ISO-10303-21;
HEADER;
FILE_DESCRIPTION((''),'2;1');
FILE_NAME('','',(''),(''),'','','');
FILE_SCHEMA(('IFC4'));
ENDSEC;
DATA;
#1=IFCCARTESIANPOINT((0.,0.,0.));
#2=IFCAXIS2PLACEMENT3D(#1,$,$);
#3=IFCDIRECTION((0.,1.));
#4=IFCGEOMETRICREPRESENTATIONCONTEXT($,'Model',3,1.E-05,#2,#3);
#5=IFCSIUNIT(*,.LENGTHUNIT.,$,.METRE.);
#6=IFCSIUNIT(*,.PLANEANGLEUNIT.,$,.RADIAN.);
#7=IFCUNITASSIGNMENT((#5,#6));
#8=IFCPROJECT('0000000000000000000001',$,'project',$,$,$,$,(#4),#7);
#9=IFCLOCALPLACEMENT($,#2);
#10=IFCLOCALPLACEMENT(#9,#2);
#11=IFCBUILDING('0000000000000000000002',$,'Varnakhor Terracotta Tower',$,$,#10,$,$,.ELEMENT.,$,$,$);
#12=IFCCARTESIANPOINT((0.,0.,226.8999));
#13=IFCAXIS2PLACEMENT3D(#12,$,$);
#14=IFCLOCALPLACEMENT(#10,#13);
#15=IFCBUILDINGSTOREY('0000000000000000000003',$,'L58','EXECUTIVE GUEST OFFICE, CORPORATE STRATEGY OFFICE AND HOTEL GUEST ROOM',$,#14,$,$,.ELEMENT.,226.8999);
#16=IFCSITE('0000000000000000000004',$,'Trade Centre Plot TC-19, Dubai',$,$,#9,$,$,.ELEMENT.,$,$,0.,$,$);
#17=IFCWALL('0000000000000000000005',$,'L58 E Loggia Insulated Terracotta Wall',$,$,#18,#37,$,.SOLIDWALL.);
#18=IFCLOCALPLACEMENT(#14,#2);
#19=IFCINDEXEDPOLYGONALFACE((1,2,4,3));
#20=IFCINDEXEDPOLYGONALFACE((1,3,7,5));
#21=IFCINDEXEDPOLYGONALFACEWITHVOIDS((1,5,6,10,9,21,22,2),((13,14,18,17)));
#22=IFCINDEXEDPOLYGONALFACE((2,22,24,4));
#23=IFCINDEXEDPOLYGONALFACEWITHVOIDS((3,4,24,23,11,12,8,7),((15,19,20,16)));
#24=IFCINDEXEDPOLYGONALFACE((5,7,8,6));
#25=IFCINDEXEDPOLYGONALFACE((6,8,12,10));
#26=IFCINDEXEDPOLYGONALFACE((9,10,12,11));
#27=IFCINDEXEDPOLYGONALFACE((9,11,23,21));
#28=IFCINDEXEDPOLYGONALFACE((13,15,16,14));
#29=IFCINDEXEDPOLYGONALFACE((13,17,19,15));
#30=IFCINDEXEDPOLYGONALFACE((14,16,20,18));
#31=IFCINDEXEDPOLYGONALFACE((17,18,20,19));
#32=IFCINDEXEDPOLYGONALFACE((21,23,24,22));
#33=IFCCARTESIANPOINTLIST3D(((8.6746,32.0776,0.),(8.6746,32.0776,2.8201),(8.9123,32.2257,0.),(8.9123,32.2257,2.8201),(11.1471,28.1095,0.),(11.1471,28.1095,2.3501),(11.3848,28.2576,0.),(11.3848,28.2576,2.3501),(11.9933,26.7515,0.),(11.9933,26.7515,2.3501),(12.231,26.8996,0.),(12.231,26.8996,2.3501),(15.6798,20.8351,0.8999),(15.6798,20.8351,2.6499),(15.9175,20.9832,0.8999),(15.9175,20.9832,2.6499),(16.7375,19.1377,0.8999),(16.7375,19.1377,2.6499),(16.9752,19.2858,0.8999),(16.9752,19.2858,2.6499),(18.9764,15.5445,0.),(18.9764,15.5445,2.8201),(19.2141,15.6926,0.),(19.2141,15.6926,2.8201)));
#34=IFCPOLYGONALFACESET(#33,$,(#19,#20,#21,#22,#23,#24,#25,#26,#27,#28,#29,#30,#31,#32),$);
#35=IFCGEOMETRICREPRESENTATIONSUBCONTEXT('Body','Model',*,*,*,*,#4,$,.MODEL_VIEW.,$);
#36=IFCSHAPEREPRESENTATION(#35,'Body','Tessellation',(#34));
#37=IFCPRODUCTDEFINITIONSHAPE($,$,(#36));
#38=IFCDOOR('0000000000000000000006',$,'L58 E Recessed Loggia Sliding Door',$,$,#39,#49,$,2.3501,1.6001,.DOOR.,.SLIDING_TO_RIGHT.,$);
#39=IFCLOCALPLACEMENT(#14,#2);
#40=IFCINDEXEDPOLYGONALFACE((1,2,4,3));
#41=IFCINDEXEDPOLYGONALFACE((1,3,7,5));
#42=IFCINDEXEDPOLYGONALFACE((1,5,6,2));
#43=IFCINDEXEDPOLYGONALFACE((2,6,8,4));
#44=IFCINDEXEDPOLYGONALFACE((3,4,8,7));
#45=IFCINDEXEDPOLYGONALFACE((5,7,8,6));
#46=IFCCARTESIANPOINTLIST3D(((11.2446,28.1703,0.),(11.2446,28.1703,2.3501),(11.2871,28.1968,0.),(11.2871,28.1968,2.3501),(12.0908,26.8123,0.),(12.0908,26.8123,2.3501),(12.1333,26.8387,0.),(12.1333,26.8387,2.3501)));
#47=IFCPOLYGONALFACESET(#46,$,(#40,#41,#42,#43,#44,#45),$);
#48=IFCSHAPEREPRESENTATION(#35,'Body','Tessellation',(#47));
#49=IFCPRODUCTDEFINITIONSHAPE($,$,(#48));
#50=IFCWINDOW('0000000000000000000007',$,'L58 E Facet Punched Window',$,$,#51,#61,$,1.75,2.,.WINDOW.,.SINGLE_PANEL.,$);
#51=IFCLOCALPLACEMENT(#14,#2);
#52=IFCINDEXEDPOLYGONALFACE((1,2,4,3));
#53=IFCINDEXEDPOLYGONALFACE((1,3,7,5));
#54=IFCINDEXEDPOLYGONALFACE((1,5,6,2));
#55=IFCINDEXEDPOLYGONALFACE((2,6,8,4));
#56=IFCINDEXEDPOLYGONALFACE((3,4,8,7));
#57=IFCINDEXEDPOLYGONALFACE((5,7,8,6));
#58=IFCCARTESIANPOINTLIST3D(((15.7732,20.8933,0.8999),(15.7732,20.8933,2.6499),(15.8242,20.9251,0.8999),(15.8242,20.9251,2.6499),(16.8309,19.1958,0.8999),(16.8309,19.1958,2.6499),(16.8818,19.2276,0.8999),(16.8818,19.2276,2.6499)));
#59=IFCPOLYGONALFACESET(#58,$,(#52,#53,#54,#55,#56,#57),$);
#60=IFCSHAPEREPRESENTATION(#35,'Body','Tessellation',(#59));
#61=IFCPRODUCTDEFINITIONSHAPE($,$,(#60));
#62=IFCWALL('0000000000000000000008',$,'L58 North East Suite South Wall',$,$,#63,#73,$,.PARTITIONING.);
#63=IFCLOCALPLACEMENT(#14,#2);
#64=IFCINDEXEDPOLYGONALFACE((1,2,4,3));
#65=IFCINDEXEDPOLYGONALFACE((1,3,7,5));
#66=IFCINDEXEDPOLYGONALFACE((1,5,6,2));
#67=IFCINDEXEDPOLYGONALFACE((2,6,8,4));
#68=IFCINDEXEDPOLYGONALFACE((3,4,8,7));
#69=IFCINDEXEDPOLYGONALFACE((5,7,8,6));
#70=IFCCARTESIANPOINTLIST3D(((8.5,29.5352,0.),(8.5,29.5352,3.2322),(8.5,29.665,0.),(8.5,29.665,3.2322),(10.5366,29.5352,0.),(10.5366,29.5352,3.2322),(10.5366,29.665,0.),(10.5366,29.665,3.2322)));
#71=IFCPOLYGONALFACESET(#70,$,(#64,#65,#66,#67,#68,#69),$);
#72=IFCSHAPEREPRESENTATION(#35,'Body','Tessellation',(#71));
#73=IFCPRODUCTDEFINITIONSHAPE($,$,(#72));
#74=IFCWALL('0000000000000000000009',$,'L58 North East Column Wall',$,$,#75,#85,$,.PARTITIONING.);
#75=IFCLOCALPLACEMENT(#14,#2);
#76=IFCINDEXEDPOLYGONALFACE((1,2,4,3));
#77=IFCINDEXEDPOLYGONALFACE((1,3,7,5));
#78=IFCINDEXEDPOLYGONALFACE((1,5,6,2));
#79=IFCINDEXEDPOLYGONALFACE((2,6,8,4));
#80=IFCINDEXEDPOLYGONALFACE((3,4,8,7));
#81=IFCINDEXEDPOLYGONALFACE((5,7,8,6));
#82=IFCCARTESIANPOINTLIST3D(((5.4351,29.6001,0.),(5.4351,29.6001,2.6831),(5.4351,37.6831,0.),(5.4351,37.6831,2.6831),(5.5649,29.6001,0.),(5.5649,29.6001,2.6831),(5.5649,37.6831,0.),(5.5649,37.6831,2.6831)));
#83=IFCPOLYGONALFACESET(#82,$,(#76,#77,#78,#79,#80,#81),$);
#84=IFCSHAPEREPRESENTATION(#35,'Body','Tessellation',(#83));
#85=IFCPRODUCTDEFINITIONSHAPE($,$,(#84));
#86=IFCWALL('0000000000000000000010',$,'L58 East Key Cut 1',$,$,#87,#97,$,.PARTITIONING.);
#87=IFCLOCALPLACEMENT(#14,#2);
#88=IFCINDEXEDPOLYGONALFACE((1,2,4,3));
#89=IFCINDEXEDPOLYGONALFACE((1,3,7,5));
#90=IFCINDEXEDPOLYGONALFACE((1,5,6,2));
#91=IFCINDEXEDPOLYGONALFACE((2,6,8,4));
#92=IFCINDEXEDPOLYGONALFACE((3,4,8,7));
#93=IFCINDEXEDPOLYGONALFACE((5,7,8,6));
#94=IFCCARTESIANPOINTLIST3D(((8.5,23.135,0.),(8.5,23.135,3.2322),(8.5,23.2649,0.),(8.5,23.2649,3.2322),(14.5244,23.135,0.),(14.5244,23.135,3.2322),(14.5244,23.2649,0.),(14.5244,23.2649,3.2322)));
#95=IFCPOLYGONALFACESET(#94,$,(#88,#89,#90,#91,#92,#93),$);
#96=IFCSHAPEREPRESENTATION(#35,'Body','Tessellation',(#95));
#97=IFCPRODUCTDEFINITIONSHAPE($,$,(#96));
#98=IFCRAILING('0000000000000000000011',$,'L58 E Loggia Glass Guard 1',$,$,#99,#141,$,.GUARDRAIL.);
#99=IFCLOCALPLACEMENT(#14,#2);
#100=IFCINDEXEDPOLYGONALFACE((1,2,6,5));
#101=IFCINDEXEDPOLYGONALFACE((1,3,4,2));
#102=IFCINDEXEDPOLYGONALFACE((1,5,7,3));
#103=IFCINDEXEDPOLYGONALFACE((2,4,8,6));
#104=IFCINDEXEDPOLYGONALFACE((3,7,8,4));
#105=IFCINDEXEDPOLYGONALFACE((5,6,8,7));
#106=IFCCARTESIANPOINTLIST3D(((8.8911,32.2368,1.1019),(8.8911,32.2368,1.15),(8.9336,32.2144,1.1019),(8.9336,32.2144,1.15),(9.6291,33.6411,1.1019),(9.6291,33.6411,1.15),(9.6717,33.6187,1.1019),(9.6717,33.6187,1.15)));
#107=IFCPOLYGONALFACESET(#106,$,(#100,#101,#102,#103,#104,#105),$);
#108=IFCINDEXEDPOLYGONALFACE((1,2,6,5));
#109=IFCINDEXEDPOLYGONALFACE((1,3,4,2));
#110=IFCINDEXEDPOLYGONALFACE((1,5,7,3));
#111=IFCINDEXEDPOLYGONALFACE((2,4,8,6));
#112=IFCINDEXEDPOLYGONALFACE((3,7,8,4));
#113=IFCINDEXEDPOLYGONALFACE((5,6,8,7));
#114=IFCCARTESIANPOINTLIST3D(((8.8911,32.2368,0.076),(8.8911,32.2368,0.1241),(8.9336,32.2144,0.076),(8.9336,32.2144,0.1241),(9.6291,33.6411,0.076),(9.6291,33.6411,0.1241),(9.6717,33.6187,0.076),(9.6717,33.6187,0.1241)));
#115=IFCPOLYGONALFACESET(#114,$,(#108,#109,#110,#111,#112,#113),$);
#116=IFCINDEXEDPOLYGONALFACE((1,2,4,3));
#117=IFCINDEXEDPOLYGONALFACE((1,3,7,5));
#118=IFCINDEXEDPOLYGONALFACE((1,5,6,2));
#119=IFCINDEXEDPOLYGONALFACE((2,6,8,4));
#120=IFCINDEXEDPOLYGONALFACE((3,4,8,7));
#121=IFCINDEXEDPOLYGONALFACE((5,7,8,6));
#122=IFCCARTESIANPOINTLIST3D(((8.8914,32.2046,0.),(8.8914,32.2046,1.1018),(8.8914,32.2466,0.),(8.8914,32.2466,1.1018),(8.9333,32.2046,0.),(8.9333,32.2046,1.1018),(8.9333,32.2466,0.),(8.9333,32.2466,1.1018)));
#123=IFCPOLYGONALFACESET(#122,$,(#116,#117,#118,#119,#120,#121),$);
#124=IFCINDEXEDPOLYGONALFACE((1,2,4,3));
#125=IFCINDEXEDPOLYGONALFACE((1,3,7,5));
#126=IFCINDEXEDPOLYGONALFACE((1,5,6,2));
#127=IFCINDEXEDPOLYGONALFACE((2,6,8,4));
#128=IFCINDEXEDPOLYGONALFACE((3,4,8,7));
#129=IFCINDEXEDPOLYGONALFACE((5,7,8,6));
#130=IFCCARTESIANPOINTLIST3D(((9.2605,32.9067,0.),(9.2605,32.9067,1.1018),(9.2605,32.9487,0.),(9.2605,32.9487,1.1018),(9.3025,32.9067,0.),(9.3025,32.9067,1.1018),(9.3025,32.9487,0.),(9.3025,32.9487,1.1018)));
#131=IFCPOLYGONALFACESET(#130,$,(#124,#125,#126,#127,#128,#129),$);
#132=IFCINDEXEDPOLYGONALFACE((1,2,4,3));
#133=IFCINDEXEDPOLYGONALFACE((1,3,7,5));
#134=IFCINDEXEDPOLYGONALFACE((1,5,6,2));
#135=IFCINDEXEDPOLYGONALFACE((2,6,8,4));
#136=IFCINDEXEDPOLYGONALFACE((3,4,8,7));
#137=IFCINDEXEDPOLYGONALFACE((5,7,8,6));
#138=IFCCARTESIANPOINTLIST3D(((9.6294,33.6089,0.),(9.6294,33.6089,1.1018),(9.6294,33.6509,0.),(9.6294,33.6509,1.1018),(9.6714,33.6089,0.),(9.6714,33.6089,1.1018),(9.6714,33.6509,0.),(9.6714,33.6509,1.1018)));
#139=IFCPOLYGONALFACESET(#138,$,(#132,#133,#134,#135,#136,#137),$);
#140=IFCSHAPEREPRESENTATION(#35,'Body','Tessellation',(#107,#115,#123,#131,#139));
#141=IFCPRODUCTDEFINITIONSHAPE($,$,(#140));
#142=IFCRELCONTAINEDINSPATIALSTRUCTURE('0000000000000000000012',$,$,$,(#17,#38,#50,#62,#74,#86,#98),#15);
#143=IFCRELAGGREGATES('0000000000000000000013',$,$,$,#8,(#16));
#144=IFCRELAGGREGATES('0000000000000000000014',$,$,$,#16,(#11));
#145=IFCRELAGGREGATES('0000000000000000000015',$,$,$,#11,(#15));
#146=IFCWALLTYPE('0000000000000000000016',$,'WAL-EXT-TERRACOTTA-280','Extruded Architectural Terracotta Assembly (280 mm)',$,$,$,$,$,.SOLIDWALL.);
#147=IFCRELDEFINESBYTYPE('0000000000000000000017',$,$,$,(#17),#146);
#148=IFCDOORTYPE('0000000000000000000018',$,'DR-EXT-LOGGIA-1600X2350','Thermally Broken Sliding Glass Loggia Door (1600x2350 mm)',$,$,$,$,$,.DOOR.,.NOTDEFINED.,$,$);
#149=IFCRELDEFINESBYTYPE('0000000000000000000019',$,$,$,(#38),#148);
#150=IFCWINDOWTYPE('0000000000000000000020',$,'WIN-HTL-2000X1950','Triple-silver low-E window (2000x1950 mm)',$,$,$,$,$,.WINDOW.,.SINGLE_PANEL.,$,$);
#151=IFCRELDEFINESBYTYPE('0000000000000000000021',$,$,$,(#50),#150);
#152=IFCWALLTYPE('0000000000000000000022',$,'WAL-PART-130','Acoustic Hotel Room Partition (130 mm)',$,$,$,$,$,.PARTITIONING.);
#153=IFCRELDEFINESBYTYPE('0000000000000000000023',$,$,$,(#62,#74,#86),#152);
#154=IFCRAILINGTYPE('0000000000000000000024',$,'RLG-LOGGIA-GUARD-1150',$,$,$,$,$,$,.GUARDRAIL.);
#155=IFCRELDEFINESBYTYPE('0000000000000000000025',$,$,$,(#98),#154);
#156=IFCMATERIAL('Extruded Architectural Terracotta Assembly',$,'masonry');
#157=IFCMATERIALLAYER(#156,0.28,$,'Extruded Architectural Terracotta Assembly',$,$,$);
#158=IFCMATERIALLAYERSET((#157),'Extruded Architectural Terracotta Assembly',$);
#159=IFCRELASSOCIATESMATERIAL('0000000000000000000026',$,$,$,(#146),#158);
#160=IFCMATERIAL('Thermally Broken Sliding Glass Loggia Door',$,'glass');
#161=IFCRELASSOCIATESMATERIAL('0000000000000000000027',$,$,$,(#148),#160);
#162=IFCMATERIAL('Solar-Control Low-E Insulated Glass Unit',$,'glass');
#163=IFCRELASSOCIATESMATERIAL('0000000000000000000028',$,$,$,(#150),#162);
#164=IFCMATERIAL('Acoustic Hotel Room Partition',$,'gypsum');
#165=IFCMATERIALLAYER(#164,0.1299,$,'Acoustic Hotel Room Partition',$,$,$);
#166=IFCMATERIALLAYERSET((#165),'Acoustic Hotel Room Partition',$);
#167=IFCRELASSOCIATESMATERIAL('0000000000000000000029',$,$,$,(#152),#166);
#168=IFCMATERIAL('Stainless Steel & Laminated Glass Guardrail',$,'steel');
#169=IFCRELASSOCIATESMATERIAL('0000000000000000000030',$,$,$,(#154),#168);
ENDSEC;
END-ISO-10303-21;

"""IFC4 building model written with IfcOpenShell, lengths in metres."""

from ifc_helpers import new_model, si_unit, direction, frame, frame_2d, origin, origin_2d, place, context, subcontext, project, spatial, rectangle, extrude, source, transform, mapped, material, layer, layer_set, type_object, type_shapes, element, fill, save


model = new_model("IFC4")

# Units and contexts
model_context = context("Model", 3, precision=1e-05, world=origin(), true_north=direction((0.0, 1.0)))
body_context = subcontext(model_context, "Body", "Model", "MODEL_VIEW")
ifc_project = project(units=[si_unit("LENGTHUNIT", "METRE"), si_unit("PLANEANGLEUNIT", "RADIAN")], contexts=[model_context])

# Site, building, storey
site_placement = place(None, origin())
site = spatial("IfcSite", under=ifc_project, at=site_placement, Name="Trade Centre Plot TC-19, Dubai", CompositionType="ELEMENT", RefElevation=0.0)
building_placement = place(site_placement, origin())
building = spatial("IfcBuilding", under=site, at=building_placement, Name="Varnakhor Terracotta Tower", CompositionType="ELEMENT")
storey_placement = place(building_placement, frame((0.0, 0.0, 226.8999)))
storey = spatial("IfcBuildingStorey", under=building, at=storey_placement, Name="L58", Description="EXECUTIVE GUEST OFFICE, CORPORATE STRATEGY OFFICE AND HOTEL GUEST ROOM", CompositionType="ELEMENT", Elevation=226.8999)

# Wall, openings, door, window
ifc_material_1 = material(Name="Extruded Architectural Terracotta Assembly", Category="masonry")
ifc_layer_1 = layer(ifc_material_1, 0.28, Name="Extruded Architectural Terracotta Assembly")
ifc_layer_set_1 = layer_set([ifc_layer_1], Name="Extruded Architectural Terracotta Assembly")
wall_type_1 = type_object("IfcWallType", Name="WAL-EXT-TERRACOTTA-280", Description="Extruded Architectural Terracotta Assembly (280 mm)", PredefinedType="SOLIDWALL", material=ifc_layer_set_1)
wall_1_placement = place(storey_placement, frame((8.7935, 32.1516, 0.0), z_axis=(0.0, 0.0, 1.0), x_axis=(0.528841, -0.848721, 0.0)))
wall_1 = element("IfcWall", 1, at=wall_1_placement, inside=storey, type_object=wall_type_1, Name="L58 E Loggia Insulated Terracotta Wall", PredefinedType="SOLIDWALL", context=body_context, shape_type="SweptSolid", body=[
    extrude(rectangle(XDim=19.48, YDim=0.28, at=frame_2d((9.74, 0.0))), origin(), (0.0, 0.0, 1.0), 2.8201),
])
opening_1_placement = place(wall_1_placement, frame((4.6753, 0.0, 0.0)))
opening_1 = element("IfcOpeningElement", 2, at=opening_1_placement, cuts=wall_1, PredefinedType="OPENING", context=body_context, shape_type="SweptSolid", body=[
    extrude(rectangle(XDim=1.6001, YDim=2.3501, at=frame_2d((0.8, 1.175))), frame((0.0, 0.1499, 0.0), z_axis=(0.0, -1.0, 0.0), x_axis=(1.0, 0.0, 0.0)), (0.0, 0.0, 1.0), 0.3),
])
opening_2_placement = place(wall_1_placement, frame((13.2463, 0.0, 0.8999)))
opening_2 = element("IfcOpeningElement", 3, at=opening_2_placement, cuts=wall_1, PredefinedType="OPENING", context=body_context, shape_type="SweptSolid", body=[
    extrude(rectangle(XDim=2.0, YDim=1.75, at=frame_2d((1.0, 0.875))), frame((0.0, 0.1499, 0.0), z_axis=(0.0, -1.0, 0.0), x_axis=(1.0, 0.0, 0.0)), (0.0, 0.0, 1.0), 0.3),
])
ifc_material_2 = material(Name="Thermally Broken Sliding Glass Loggia Door", Category="glass")
door_type = type_object("IfcDoorType", Name="DR-EXT-LOGGIA-1600X2350", Description="Thermally Broken Sliding Glass Loggia Door (1600x2350 mm)", OperationType="NOTDEFINED", PredefinedType="DOOR", material=ifc_material_2)
shared_shape_1 = source(origin(), body_context, "Body", "SweptSolid", [
    extrude(rectangle(XDim=1.6001, YDim=2.3501, at=frame_2d((0.8, 1.175))), frame((0.0, 0.0249, 0.0), z_axis=(0.0, -1.0, 0.0), x_axis=(1.0, 0.0, 0.0)), (0.0, 0.0, 1.0), 0.05),
])
type_shapes(door_type, [shared_shape_1])
door_placement = place(opening_1_placement, origin())
door = element("IfcDoor", 4, at=door_placement, inside=storey, type_object=door_type, Name="L58 E Recessed Loggia Sliding Door", OperationType="SLIDING_TO_RIGHT", OverallHeight=2.3501, OverallWidth=1.6001, PredefinedType="DOOR", context=body_context, shape_type="MappedRepresentation", body=[
    mapped(shared_shape_1, transform((0.0, 0.0, 0.0), scale=1.0)),
])
fill(opening_1, door)
ifc_material_3 = material(Name="Solar-Control Low-E Insulated Glass Unit", Category="glass")
window_type = type_object("IfcWindowType", Name="WIN-HTL-2000X1950", Description="Triple-silver low-E window (2000x1950 mm)", PartitioningType="SINGLE_PANEL", PredefinedType="WINDOW", material=ifc_material_3)
shared_shape_2 = source(origin(), body_context, "Body", "SweptSolid", [
    extrude(rectangle(XDim=2.0, YDim=1.75, at=frame_2d((1.0, 0.875))), frame((0.0, 0.03, 0.0), z_axis=(0.0, -1.0, 0.0), x_axis=(1.0, 0.0, 0.0)), (0.0, 0.0, 1.0), 0.0601),
])
type_shapes(window_type, [shared_shape_2])
window_placement = place(opening_2_placement, origin())
window = element("IfcWindow", 5, at=window_placement, inside=storey, type_object=window_type, Name="L58 E Facet Punched Window", OverallHeight=1.75, OverallWidth=2.0, PartitioningType="SINGLE_PANEL", PredefinedType="WINDOW", context=body_context, shape_type="MappedRepresentation", body=[
    mapped(shared_shape_2, transform((0.0, 0.0, 0.0), scale=1.0)),
])
fill(opening_2, window)

# Walls
ifc_material_4 = material(Name="Acoustic Hotel Room Partition", Category="gypsum")
ifc_layer_2 = layer(ifc_material_4, 0.1299, Name="Acoustic Hotel Room Partition")
ifc_layer_set_2 = layer_set([ifc_layer_2], Name="Acoustic Hotel Room Partition")
wall_type_2 = type_object("IfcWallType", Name="WAL-PART-130", Description="Acoustic Hotel Room Partition (130 mm)", PredefinedType="PARTITIONING", material=ifc_layer_set_2)
wall_2_placement = place(storey_placement, frame((8.5, 29.6001, 0.0), z_axis=(0.0, 0.0, 1.0), x_axis=(1.0, 0.0, 0.0)))
element("IfcWall", 6, at=wall_2_placement, inside=storey, type_object=wall_type_2, Name="L58 North East Suite South Wall", PredefinedType="PARTITIONING", context=body_context, shape_type="SweptSolid", body=[
    extrude(rectangle(XDim=2.0366, YDim=0.1299, at=frame_2d((1.0183, 0.0))), origin(), (0.0, 0.0, 1.0), 3.2322),
])
wall_3_placement = place(storey_placement, frame((5.5, 29.6001, 0.0), z_axis=(0.0, 0.0, 1.0), x_axis=(0.0, 1.0, 0.0)))
element("IfcWall", 7, at=wall_3_placement, inside=storey, type_object=wall_type_2, Name="L58 North East Column Wall", PredefinedType="PARTITIONING", context=body_context, shape_type="SweptSolid", body=[
    extrude(rectangle(XDim=8.083, YDim=0.1299, at=frame_2d((4.0415, 0.0))), origin(), (0.0, 0.0, 1.0), 2.6831),
])
wall_4_placement = place(storey_placement, frame((8.5, 23.2, 0.0), z_axis=(0.0, 0.0, 1.0), x_axis=(1.0, 0.0, 0.0)))
element("IfcWall", 8, at=wall_4_placement, inside=storey, type_object=wall_type_2, Name="L58 East Key Cut 1", PredefinedType="PARTITIONING", context=body_context, shape_type="SweptSolid", body=[
    extrude(rectangle(XDim=6.0244, YDim=0.1299, at=frame_2d((3.0122, 0.0))), origin(), (0.0, 0.0, 1.0), 3.2322),
])

# Railing
ifc_material_5 = material(Name="Stainless Steel & Laminated Glass Guardrail", Category="steel")
railing_type = type_object("IfcRailingType", Name="RLG-LOGGIA-GUARD-1150", PredefinedType="GUARDRAIL", material=ifc_material_5)
railing_1_placement = place(storey_placement, frame((8.9124, 32.2256, 0.0)))
element("IfcRailing", 9, at=railing_1_placement, inside=storey, type_object=railing_type, Name="L58 E Loggia Glass Guard 1", PredefinedType="GUARDRAIL", context=body_context, shape_type="SweptSolid", body=[
    extrude(rectangle(XDim=0.0481, YDim=0.0481, at=origin_2d()), frame((0.0, 0.0, 1.126), z_axis=(0.46522, 0.885195, 0.0), x_axis=(-0.885195, 0.46522, 0.0)), (0.0, 0.0, 1.0), 1.5864),
    extrude(rectangle(XDim=0.0481, YDim=0.0481, at=origin_2d()), frame((0.0, 0.0, 0.1001), z_axis=(0.46522, 0.885195, 0.0), x_axis=(-0.885195, 0.46522, 0.0)), (0.0, 0.0, 1.0), 1.5864),
    extrude(rectangle(XDim=0.042, YDim=0.042, at=origin_2d()), origin(), (0.0, 0.0, 1.0), 1.1018),
    extrude(rectangle(XDim=0.042, YDim=0.042, at=origin_2d()), frame((0.3691, 0.7021, 0.0)), (0.0, 0.0, 1.0), 1.1018),
    extrude(rectangle(XDim=0.042, YDim=0.042, at=origin_2d()), frame((0.738, 1.4043, 0.0)), (0.0, 0.0, 1.0), 1.1018),
])

save(model, "model.ifc")
